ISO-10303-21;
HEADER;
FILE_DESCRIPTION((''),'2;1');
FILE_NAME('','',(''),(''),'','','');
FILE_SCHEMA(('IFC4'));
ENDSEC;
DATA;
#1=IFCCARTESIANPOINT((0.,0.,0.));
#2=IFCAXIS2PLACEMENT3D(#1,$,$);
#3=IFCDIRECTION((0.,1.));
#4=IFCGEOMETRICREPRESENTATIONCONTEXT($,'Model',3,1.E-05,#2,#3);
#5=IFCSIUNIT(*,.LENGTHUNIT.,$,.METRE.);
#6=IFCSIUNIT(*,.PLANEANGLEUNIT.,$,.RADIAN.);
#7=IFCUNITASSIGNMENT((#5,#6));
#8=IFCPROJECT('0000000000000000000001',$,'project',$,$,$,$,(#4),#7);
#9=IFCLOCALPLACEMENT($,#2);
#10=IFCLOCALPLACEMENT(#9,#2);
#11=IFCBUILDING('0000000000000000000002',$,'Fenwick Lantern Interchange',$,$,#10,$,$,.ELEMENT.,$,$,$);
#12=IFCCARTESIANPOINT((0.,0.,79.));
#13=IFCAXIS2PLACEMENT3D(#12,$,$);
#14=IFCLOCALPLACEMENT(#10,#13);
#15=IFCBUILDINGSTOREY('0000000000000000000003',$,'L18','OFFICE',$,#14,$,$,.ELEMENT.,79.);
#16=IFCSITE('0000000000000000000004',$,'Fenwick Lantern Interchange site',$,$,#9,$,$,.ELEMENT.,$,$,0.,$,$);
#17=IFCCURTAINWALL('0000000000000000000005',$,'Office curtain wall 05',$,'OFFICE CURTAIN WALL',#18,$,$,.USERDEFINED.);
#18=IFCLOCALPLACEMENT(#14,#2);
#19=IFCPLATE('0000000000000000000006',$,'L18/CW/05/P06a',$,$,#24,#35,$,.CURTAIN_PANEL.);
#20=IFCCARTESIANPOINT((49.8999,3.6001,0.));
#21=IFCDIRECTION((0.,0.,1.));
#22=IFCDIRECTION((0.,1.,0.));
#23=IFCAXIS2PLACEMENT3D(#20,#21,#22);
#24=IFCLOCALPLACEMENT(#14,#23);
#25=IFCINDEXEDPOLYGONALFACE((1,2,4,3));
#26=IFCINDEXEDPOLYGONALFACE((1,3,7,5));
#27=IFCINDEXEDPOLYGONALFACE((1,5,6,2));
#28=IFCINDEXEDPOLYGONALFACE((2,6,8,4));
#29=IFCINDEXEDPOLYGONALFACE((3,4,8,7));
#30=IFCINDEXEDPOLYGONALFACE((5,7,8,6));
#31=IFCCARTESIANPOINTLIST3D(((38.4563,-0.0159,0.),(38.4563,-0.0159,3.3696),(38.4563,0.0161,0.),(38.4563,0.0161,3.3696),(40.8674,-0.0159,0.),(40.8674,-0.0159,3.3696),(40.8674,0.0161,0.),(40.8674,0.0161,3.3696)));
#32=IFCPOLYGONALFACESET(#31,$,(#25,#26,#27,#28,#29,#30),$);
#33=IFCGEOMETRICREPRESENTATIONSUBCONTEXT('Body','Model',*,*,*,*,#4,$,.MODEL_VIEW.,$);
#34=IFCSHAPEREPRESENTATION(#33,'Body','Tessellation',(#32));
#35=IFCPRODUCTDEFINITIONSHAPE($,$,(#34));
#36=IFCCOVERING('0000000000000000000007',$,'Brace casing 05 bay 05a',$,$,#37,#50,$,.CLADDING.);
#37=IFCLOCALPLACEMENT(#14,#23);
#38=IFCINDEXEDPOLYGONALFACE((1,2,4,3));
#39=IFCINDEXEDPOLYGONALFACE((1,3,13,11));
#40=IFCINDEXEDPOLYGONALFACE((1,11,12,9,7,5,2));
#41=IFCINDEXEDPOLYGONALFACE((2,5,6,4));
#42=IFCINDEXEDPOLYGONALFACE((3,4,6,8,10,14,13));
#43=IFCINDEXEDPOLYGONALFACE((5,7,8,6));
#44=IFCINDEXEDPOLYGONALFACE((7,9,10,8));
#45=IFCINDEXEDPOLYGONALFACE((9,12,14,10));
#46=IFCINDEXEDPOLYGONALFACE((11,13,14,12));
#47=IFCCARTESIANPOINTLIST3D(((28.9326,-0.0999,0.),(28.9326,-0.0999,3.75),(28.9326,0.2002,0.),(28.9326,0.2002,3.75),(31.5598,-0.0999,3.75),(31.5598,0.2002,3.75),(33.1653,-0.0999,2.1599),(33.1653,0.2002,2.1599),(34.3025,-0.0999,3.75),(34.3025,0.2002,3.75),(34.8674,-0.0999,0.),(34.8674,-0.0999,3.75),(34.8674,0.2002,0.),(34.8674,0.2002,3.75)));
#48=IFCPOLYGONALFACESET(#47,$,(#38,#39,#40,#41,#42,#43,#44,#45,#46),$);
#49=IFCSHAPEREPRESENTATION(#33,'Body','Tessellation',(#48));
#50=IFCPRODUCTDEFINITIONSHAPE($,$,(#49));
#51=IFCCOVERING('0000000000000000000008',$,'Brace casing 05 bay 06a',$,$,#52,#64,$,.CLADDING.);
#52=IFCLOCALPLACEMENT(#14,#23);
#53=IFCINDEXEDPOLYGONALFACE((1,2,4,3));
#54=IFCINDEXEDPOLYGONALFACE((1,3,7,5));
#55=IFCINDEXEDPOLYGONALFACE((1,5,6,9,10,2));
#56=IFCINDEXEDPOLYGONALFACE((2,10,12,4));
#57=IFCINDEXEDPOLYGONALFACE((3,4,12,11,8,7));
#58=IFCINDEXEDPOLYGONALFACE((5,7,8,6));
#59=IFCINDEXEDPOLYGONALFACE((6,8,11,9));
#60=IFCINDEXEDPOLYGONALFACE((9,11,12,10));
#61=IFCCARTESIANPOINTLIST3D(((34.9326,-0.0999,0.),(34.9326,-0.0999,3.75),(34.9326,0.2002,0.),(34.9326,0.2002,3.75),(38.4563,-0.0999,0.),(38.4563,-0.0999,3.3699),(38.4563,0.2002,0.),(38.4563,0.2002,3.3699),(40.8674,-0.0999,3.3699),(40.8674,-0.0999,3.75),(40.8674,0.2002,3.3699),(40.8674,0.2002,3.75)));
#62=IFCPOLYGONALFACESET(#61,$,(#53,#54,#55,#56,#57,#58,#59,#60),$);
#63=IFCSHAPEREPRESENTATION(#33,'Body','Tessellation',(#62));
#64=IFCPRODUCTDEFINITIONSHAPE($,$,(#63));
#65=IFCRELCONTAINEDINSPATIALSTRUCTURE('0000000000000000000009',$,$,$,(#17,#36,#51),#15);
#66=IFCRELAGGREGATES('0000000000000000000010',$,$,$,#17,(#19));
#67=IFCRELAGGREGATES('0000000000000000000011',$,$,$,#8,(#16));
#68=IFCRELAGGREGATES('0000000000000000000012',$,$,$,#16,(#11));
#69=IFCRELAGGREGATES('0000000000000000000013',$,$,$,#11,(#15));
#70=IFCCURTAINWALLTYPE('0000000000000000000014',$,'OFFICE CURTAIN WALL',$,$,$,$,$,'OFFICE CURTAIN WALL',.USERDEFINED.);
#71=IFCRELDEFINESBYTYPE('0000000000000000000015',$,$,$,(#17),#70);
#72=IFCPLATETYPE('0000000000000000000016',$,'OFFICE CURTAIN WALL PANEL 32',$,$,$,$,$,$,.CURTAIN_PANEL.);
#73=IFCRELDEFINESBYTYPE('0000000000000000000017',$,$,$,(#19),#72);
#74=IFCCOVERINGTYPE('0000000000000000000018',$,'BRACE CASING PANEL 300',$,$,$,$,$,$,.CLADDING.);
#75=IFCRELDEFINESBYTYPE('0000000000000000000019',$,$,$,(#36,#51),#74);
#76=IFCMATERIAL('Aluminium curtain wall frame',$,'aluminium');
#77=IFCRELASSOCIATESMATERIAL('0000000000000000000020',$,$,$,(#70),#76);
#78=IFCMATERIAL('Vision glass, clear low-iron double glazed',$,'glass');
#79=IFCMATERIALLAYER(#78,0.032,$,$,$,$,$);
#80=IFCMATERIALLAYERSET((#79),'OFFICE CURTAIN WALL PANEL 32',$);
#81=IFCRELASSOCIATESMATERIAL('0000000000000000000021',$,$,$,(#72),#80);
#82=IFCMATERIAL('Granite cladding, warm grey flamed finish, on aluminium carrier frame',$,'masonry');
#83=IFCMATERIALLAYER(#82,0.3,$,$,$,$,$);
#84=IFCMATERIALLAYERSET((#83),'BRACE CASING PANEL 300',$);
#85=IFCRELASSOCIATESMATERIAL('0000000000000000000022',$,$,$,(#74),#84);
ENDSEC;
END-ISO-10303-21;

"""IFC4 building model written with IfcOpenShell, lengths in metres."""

from ifc_helpers import new_model, si_unit, direction, frame, origin, place, context, subcontext, project, spatial, polyline, outline, extrude, material, layer, layer_set, type_object, element, aggregate, save


model = new_model("IFC4")

# Units and contexts
model_context = context("Model", 3, precision=1e-05, world=origin(), true_north=direction((0.0, 1.0)))
body_context = subcontext(model_context, "Body", "Model", "MODEL_VIEW")
ifc_project = project(units=[si_unit("LENGTHUNIT", "METRE"), si_unit("PLANEANGLEUNIT", "RADIAN")], contexts=[model_context])

# Site, building, storey
site_placement = place(None, origin())
site = spatial("IfcSite", under=ifc_project, at=site_placement, Name="Fenwick Lantern Interchange site", CompositionType="ELEMENT", RefElevation=0.0)
building_placement = place(site_placement, origin())
building = spatial("IfcBuilding", under=site, at=building_placement, Name="Fenwick Lantern Interchange", CompositionType="ELEMENT")
storey_placement = place(building_placement, frame((0.0, 0.0, 79.0)))
storey = spatial("IfcBuildingStorey", under=building, at=storey_placement, Name="L18", Description="OFFICE", CompositionType="ELEMENT", Elevation=79.0)

# Curtain wall, plate
ifc_material_1 = material(Name="Aluminium curtain wall frame", Category="aluminium")
curtain_wall_type = type_object("IfcCurtainWallType", Name="OFFICE CURTAIN WALL", ElementType="OFFICE CURTAIN WALL", PredefinedType="USERDEFINED", material=ifc_material_1)
curtain_wall_placement = place(storey_placement, origin())
curtain_wall = element("IfcCurtainWall", 1, at=curtain_wall_placement, inside=storey, type_object=curtain_wall_type, Name="Office curtain wall 05", ObjectType="OFFICE CURTAIN WALL", PredefinedType="USERDEFINED")
ifc_material_2 = material(Name="Vision glass, clear low-iron double glazed", Category="glass")
ifc_layer_1 = layer(ifc_material_2, 0.032)
ifc_layer_set_1 = layer_set([ifc_layer_1], Name="OFFICE CURTAIN WALL PANEL 32")
plate_type = type_object("IfcPlateType", Name="OFFICE CURTAIN WALL PANEL 32", PredefinedType="CURTAIN_PANEL", material=ifc_layer_set_1)
plate_1_placement = place(storey_placement, frame((49.8999, 3.6001, 0.0), z_axis=(0.0, 0.0, 1.0), x_axis=(0.0, 1.0, 0.0)))
plate_1 = element("IfcPlate", 2, at=plate_1_placement, type_object=plate_type, Name="L18/CW/05/P06a", PredefinedType="CURTAIN_PANEL", context=body_context, shape_type="SweptSolid", body=[
    extrude(outline(polyline([(38.4563, 0.0), (40.8674, 0.0), (40.8674, 3.3696), (38.4563, 3.3696), (38.4563, 0.0)])), frame((0.0, 0.0161, 0.0), z_axis=(0.0, -1.0, 0.0), x_axis=(1.0, 0.0, 0.0)), (0.0, 0.0, 1.0), 0.032),
])
aggregate(curtain_wall, [plate_1])

# Coverings
ifc_material_3 = material(Name="Granite cladding, warm grey flamed finish, on aluminium carrier frame", Category="masonry")
ifc_layer_2 = layer(ifc_material_3, 0.3)
ifc_layer_set_2 = layer_set([ifc_layer_2], Name="BRACE CASING PANEL 300")
covering_type = type_object("IfcCoveringType", Name="BRACE CASING PANEL 300", PredefinedType="CLADDING", material=ifc_layer_set_2)
covering_1_placement = place(storey_placement, frame((49.8999, 3.6001, 0.0), z_axis=(0.0, 0.0, 1.0), x_axis=(0.0, 1.0, 0.0)))
element("IfcCovering", 3, at=covering_1_placement, inside=storey, type_object=covering_type, Name="Brace casing 05 bay 05a", PredefinedType="CLADDING", context=body_context, shape_type="SweptSolid", body=[
    extrude(outline(polyline([(28.9326, 0.0), (34.8674, 0.0), (34.8674, 3.75), (34.3025, 3.75), (33.1653, 2.1599), (31.5598, 3.75), (28.9326, 3.75), (28.9326, 0.0)])), frame((0.0, 0.2002, 0.0), z_axis=(0.0, -1.0, 0.0), x_axis=(1.0, 0.0, 0.0)), (0.0, 0.0, 1.0), 0.3),
])
covering_2_placement = place(storey_placement, frame((49.8999, 3.6001, 0.0), z_axis=(0.0, 0.0, 1.0), x_axis=(0.0, 1.0, 0.0)))
element("IfcCovering", 4, at=covering_2_placement, inside=storey, type_object=covering_type, Name="Brace casing 05 bay 06a", PredefinedType="CLADDING", context=body_context, shape_type="SweptSolid", body=[
    extrude(outline(polyline([(34.9326, 0.0), (38.4563, 0.0), (38.4563, 3.3699), (40.8674, 3.3699), (40.8674, 3.75), (34.9326, 3.75), (34.9326, 0.0)])), frame((0.0, 0.2002, 0.0), z_axis=(0.0, -1.0, 0.0), x_axis=(1.0, 0.0, 0.0)), (0.0, 0.0, 1.0), 0.3),
])

save(model, "model.ifc")
